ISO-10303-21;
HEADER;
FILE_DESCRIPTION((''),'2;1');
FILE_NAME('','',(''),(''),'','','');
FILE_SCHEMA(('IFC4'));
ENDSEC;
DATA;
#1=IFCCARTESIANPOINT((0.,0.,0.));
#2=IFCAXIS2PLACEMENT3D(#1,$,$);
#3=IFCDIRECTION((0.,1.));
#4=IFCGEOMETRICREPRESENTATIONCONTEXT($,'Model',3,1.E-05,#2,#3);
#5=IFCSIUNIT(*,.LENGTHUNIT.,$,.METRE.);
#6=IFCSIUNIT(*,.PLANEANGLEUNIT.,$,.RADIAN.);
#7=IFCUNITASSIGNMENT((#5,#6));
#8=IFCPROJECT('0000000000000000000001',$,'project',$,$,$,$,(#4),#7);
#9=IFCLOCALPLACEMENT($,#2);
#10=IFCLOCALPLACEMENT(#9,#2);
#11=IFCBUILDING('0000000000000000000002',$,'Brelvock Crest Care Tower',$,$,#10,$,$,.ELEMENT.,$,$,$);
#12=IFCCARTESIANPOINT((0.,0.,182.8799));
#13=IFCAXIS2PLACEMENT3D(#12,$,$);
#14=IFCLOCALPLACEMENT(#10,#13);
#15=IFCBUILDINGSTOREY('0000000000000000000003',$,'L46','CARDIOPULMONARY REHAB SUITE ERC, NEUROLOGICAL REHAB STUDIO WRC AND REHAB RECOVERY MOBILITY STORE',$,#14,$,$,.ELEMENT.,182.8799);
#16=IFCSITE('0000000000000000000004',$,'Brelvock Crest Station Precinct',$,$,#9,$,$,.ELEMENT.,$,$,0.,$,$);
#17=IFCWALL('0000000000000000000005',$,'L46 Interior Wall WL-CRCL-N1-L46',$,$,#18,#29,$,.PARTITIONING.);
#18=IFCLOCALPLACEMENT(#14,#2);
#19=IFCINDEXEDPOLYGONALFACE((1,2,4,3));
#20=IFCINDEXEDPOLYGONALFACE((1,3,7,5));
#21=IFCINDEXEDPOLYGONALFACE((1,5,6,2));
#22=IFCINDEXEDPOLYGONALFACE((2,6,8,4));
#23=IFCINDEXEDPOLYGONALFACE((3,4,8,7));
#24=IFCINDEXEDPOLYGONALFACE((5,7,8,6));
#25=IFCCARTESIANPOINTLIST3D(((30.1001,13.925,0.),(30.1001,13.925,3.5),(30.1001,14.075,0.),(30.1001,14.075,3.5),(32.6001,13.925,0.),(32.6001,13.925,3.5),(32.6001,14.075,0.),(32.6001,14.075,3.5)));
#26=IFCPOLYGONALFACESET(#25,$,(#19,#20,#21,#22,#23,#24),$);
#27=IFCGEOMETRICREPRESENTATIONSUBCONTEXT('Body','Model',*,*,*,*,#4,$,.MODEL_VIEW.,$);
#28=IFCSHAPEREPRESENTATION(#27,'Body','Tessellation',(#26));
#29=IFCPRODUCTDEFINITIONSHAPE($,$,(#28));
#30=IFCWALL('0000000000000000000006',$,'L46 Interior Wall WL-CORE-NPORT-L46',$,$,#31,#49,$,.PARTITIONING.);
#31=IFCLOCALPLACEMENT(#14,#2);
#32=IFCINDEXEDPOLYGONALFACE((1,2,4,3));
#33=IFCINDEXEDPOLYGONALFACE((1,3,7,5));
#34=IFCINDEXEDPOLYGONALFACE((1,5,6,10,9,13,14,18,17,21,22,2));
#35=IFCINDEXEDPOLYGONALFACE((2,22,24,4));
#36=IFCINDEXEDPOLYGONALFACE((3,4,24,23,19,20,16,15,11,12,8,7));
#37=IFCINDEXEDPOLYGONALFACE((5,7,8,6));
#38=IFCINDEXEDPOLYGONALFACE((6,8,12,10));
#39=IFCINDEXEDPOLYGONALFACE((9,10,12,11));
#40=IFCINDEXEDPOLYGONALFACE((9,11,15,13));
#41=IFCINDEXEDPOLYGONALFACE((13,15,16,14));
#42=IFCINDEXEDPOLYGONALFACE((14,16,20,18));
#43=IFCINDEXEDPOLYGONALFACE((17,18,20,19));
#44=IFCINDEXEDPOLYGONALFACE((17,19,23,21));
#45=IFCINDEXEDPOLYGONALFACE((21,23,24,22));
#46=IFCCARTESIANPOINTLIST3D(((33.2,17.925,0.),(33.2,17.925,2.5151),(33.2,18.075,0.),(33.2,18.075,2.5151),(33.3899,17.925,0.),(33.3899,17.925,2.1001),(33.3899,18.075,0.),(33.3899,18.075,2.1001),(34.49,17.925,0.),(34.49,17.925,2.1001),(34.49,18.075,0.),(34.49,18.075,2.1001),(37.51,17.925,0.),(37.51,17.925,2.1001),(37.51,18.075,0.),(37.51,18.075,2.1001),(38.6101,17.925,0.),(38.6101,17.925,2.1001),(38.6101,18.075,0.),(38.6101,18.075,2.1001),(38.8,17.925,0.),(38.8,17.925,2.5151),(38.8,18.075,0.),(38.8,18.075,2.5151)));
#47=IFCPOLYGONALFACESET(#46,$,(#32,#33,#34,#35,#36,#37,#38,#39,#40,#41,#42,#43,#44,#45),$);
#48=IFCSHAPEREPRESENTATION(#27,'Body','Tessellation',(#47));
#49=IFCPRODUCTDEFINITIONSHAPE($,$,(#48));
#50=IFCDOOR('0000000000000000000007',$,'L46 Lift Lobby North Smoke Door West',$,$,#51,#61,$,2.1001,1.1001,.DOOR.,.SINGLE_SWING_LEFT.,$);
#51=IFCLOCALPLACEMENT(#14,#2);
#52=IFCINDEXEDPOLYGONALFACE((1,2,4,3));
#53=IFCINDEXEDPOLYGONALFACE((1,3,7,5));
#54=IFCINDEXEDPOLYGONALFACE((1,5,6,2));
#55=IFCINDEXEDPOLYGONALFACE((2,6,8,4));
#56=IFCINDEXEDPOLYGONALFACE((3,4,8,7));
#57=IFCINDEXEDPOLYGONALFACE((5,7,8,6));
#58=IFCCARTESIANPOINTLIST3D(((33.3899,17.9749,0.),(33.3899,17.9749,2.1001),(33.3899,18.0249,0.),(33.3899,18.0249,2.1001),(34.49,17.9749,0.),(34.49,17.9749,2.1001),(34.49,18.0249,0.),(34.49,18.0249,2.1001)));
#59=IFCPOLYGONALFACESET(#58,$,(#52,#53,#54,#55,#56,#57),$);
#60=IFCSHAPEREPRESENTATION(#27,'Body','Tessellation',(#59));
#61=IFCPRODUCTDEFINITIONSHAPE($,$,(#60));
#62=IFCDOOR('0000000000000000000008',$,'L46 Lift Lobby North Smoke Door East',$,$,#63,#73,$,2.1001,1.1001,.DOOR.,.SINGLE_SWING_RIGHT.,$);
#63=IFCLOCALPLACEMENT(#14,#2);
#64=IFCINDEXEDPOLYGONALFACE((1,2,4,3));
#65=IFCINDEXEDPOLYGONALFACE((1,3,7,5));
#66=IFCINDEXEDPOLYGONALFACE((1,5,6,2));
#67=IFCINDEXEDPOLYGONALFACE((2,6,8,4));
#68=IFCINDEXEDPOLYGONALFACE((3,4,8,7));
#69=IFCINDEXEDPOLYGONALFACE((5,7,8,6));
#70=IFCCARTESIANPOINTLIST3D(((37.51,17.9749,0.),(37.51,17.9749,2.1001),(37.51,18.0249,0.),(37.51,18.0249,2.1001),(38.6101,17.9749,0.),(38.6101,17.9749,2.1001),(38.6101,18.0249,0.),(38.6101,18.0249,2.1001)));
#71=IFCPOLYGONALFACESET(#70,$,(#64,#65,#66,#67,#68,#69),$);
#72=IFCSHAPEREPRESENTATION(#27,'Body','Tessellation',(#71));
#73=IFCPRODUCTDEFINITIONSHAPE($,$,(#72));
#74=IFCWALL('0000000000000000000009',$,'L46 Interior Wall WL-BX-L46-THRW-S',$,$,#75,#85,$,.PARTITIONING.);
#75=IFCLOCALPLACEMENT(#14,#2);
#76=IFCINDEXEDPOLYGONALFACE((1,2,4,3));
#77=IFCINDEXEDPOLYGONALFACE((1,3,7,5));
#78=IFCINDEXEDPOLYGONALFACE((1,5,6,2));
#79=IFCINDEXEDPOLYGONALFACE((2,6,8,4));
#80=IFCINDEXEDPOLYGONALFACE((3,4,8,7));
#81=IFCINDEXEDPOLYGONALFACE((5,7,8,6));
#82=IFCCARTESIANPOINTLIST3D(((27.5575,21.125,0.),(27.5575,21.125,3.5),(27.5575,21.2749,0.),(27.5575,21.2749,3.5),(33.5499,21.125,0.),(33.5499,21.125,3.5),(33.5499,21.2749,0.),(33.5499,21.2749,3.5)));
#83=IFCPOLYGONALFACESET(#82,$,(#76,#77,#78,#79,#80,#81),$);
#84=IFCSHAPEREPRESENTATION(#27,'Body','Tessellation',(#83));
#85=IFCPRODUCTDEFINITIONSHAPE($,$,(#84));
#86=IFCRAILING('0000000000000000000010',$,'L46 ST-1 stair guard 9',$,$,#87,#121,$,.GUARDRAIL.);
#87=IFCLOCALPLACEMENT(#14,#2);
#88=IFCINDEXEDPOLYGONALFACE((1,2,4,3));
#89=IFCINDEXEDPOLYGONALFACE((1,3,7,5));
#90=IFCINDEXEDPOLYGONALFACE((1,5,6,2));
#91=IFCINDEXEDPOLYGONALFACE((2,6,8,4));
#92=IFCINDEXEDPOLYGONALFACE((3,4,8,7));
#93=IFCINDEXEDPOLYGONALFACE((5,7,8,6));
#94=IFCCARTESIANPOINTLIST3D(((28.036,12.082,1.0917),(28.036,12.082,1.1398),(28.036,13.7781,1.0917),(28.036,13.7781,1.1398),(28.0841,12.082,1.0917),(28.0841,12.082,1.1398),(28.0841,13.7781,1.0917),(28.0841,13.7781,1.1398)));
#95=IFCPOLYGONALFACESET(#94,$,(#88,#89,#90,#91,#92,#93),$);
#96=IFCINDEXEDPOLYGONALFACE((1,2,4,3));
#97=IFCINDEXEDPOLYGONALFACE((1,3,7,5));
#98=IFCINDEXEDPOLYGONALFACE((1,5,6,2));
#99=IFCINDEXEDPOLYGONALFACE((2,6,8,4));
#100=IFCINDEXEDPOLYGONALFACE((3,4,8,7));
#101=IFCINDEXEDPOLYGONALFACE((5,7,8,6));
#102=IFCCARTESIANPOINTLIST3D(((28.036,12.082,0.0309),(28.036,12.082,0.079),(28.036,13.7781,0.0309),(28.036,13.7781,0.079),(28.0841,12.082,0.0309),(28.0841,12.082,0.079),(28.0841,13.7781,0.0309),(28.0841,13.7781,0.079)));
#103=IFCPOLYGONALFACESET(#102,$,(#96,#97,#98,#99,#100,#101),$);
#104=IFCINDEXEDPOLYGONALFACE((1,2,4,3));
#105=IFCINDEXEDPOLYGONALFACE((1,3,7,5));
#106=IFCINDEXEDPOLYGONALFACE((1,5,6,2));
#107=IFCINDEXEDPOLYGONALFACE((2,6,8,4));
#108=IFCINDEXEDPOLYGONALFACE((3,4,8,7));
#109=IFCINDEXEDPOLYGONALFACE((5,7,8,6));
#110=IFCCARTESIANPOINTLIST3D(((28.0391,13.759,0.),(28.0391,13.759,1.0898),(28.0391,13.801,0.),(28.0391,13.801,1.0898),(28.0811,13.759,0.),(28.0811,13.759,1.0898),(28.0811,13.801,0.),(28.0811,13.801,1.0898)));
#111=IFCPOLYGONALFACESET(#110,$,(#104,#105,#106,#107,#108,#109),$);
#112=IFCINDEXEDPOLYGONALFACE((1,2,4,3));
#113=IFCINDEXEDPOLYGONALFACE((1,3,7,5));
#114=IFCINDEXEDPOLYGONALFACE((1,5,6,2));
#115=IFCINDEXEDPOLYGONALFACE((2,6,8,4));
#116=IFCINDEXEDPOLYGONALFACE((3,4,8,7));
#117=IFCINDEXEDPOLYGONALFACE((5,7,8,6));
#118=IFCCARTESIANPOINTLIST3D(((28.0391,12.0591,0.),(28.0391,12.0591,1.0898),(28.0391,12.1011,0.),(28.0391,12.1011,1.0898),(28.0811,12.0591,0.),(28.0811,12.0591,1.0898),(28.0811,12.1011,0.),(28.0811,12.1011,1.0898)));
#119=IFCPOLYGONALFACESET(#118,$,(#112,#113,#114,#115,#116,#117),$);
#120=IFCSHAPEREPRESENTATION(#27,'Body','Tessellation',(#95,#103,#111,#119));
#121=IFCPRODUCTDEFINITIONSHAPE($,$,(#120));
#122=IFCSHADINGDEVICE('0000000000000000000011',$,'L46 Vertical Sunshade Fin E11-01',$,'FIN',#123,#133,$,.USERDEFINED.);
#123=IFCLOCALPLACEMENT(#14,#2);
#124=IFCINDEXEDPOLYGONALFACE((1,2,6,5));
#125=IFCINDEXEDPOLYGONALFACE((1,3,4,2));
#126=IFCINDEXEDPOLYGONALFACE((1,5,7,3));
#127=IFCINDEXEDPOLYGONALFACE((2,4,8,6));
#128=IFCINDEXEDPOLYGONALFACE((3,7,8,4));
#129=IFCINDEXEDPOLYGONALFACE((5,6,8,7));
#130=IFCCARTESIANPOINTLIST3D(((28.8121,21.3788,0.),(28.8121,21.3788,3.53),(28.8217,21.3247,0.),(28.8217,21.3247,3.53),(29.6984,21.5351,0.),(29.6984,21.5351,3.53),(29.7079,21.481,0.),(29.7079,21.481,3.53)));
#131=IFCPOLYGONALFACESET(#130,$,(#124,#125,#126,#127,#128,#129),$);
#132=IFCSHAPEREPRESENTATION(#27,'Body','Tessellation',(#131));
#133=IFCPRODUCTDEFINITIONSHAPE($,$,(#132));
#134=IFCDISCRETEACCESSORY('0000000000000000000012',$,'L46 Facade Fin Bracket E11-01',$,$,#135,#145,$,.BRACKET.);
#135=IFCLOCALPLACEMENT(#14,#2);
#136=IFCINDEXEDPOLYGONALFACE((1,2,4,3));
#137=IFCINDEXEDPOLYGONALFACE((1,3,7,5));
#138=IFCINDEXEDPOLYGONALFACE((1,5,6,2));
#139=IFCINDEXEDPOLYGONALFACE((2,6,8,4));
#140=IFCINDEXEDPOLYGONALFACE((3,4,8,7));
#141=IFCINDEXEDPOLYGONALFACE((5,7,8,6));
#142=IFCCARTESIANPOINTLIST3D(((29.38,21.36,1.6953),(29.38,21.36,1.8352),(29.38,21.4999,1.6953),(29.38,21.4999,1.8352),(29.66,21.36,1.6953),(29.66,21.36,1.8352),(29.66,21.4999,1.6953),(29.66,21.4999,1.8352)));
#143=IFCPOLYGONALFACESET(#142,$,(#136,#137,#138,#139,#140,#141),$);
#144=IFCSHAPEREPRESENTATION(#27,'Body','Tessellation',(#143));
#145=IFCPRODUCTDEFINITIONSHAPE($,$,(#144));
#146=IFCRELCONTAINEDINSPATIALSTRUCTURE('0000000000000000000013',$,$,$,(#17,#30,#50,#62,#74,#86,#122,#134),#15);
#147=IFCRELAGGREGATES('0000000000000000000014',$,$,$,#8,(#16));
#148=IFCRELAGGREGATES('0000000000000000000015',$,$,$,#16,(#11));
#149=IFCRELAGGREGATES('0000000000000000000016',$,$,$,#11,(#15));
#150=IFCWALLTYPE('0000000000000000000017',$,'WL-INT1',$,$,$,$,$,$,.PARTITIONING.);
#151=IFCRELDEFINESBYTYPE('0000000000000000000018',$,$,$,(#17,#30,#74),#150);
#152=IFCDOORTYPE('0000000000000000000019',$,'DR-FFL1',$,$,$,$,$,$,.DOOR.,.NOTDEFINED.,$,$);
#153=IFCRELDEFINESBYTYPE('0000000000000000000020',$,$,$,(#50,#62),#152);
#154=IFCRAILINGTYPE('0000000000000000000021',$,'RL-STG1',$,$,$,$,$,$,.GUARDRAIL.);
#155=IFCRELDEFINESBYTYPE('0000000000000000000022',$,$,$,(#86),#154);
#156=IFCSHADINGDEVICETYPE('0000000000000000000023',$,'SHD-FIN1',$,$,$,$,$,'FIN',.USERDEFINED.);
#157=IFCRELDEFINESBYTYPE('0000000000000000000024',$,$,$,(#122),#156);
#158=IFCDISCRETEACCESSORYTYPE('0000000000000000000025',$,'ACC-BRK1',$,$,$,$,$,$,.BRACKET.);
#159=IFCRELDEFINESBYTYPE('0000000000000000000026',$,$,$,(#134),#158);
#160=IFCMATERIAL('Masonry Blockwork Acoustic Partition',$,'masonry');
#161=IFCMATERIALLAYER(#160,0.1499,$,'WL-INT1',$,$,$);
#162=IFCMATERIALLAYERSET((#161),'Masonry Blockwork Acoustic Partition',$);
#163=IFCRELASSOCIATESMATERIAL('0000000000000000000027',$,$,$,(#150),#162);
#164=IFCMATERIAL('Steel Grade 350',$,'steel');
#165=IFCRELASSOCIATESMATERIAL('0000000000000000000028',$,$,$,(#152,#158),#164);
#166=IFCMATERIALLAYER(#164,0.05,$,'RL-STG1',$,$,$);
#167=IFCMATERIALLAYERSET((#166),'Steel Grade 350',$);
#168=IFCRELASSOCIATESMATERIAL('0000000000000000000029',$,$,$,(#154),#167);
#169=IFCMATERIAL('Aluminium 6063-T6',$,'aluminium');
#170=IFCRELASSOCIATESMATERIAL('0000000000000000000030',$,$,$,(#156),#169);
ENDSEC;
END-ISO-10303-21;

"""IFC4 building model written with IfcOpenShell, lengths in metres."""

from ifc_helpers import new_model, si_unit, direction, frame, frame_2d, origin, origin_2d, place, context, subcontext, project, spatial, rectangle, extrude, source, transform, mapped, material, layer, layer_set, material_profile, profile_set, type_object, element, fill, save


model = new_model("IFC4")

# Units and contexts
model_context = context("Model", 3, precision=1e-05, world=origin(), true_north=direction((0.0, 1.0)))
body_context = subcontext(model_context, "Body", "Model", "MODEL_VIEW")
ifc_project = project(units=[si_unit("LENGTHUNIT", "METRE"), si_unit("PLANEANGLEUNIT", "RADIAN")], contexts=[model_context])

# Site, building, storey
site_placement = place(None, origin())
site = spatial("IfcSite", under=ifc_project, at=site_placement, Name="Brelvock Crest Station Precinct", CompositionType="ELEMENT", RefElevation=0.0)
building_placement = place(site_placement, origin())
building = spatial("IfcBuilding", under=site, at=building_placement, Name="Brelvock Crest Care Tower", CompositionType="ELEMENT")
storey_placement = place(building_placement, frame((0.0, 0.0, 182.8799)))
storey = spatial("IfcBuildingStorey", under=building, at=storey_placement, Name="L46", Description="CARDIOPULMONARY REHAB SUITE ERC, NEUROLOGICAL REHAB STUDIO WRC AND REHAB RECOVERY MOBILITY STORE", CompositionType="ELEMENT", Elevation=182.8799)

# Shared definitions
ifc_material_1 = material(Name="Steel Grade 350", Category="steel")

# Shared definitions
ifc_material_2 = material(Name="Aluminium 6063-T6", Category="aluminium")

# Wall
ifc_material_3 = material(Name="Masonry Blockwork Acoustic Partition", Category="masonry")
ifc_layer_1 = layer(ifc_material_3, 0.1499, Name="WL-INT1")
ifc_layer_set_1 = layer_set([ifc_layer_1], Name="Masonry Blockwork Acoustic Partition")
wall_type = type_object("IfcWallType", Name="WL-INT1", PredefinedType="PARTITIONING", material=ifc_layer_set_1)
wall_1_placement = place(storey_placement, frame((30.1001, 14.0, 0.0), z_axis=(0.0, 0.0, 1.0), x_axis=(1.0, 0.0, 0.0)))
element("IfcWall", 1, at=wall_1_placement, inside=storey, type_object=wall_type, Name="L46 Interior Wall WL-CRCL-N1-L46", PredefinedType="PARTITIONING", context=body_context, shape_type="SweptSolid", body=[
    extrude(rectangle(XDim=2.5, YDim=0.1499, at=frame_2d((1.25, 0.0))), origin(), (0.0, 0.0, 1.0), 3.5),
])

# Wall, openings, doors
wall_2_placement = place(storey_placement, frame((33.2, 18.0, 0.0), z_axis=(0.0, 0.0, 1.0), x_axis=(1.0, 0.0, 0.0)))
wall_2 = element("IfcWall", 2, at=wall_2_placement, inside=storey, type_object=wall_type, Name="L46 Interior Wall WL-CORE-NPORT-L46", PredefinedType="PARTITIONING", context=body_context, shape_type="SweptSolid", body=[
    extrude(rectangle(XDim=5.6001, YDim=0.1499, at=frame_2d((2.8, 0.0))), origin(), (0.0, 0.0, 1.0), 2.5151),
])
opening_1_placement = place(wall_2_placement, frame((0.1899, 0.0, 0.0)))
opening_1 = element("IfcOpeningElement", 3, at=opening_1_placement, cuts=wall_2, PredefinedType="OPENING", context=body_context, shape_type="SweptSolid", body=[
    extrude(rectangle(XDim=1.1001, YDim=2.1001, at=origin_2d()), frame((0.55, 0.085, 1.05), z_axis=(0.0, -1.0, 0.0), x_axis=(1.0, 0.0, 0.0)), (0.0, 0.0, 1.0), 0.1699),
])
opening_2_placement = place(wall_2_placement, frame((4.3101, 0.0, 0.0)))
opening_2 = element("IfcOpeningElement", 4, at=opening_2_placement, cuts=wall_2, PredefinedType="OPENING", context=body_context, shape_type="SweptSolid", body=[
    extrude(rectangle(XDim=1.1001, YDim=2.1001, at=origin_2d()), frame((0.55, 0.085, 1.05), z_axis=(0.0, -1.0, 0.0), x_axis=(1.0, 0.0, 0.0)), (0.0, 0.0, 1.0), 0.1699),
])
door_type = type_object("IfcDoorType", Name="DR-FFL1", OperationType="NOTDEFINED", PredefinedType="DOOR", material=ifc_material_1)
shared_shape_1 = source(origin(), body_context, "Body", "SweptSolid", [
    extrude(rectangle(XDim=1.1001, YDim=2.1001, at=origin_2d()), frame((0.55, 0.0249, 1.05), z_axis=(0.0, -1.0, 0.0), x_axis=(1.0, 0.0, 0.0)), (0.0, 0.0, 1.0), 0.05),
])
door_1_placement = place(opening_1_placement, origin())
door_1 = element("IfcDoor", 5, at=door_1_placement, inside=storey, type_object=door_type, Name="L46 Lift Lobby North Smoke Door West", OperationType="SINGLE_SWING_LEFT", OverallHeight=2.1001, OverallWidth=1.1001, PredefinedType="DOOR", context=body_context, shape_type="MappedRepresentation", body=[
    mapped(shared_shape_1, transform((0.0, 0.0, 0.0), x_axis=(1.0, 0.0, 0.0), y_axis=(0.0, 1.0, 0.0), z_axis=(0.0, 0.0, 1.0), scale=1.0)),
])
fill(opening_1, door_1)
door_2_placement = place(opening_2_placement, origin())
door_2 = element("IfcDoor", 6, at=door_2_placement, inside=storey, type_object=door_type, Name="L46 Lift Lobby North Smoke Door East", OperationType="SINGLE_SWING_RIGHT", OverallHeight=2.1001, OverallWidth=1.1001, PredefinedType="DOOR", context=body_context, shape_type="MappedRepresentation", body=[
    mapped(shared_shape_1, transform((0.0, 0.0, 0.0), x_axis=(1.0, 0.0, 0.0), y_axis=(0.0, 1.0, 0.0), z_axis=(0.0, 0.0, 1.0), scale=1.0)),
])
fill(opening_2, door_2)

# Wall
wall_3_placement = place(storey_placement, frame((27.5576, 21.2, 0.0), z_axis=(0.0, 0.0, 1.0), x_axis=(1.0, 0.0, 0.0)))
element("IfcWall", 7, at=wall_3_placement, inside=storey, type_object=wall_type, Name="L46 Interior Wall WL-BX-L46-THRW-S", PredefinedType="PARTITIONING", context=body_context, shape_type="SweptSolid", body=[
    extrude(rectangle(XDim=5.9924, YDim=0.1499, at=frame_2d((2.9961, 0.0))), origin(), (0.0, 0.0, 1.0), 3.5),
])

# Railing
ifc_layer_2 = layer(ifc_material_1, 0.05, Name="RL-STG1")
ifc_layer_set_2 = layer_set([ifc_layer_2], Name="Steel Grade 350")
railing_type = type_object("IfcRailingType", Name="RL-STG1", PredefinedType="GUARDRAIL", material=ifc_layer_set_2)
railing_placement = place(storey_placement, frame((28.0601, 13.78, 0.0)))
element("IfcRailing", 8, at=railing_placement, inside=storey, type_object=railing_type, Name="L46 ST-1 stair guard 9", PredefinedType="GUARDRAIL", context=body_context, shape_type="SweptSolid", body=[
    extrude(rectangle(XDim=0.0481, YDim=0.0481, at=origin_2d()), frame((0.0, -0.002, 1.1157), z_axis=(0.0, -1.0, 0.0), x_axis=(1.0, 0.0, 0.0)), (0.0, 0.0, 1.0), 1.696),
    extrude(rectangle(XDim=0.0481, YDim=0.0481, at=origin_2d()), frame((0.0, -0.002, 0.0549), z_axis=(0.0, -1.0, 0.0), x_axis=(1.0, 0.0, 0.0)), (0.0, 0.0, 1.0), 1.696),
    extrude(rectangle(XDim=0.042, YDim=0.042, at=origin_2d()), origin(), (0.0, 0.0, 1.0), 1.0898),
    extrude(rectangle(XDim=0.042, YDim=0.042, at=origin_2d()), frame((0.0, -1.7, 0.0)), (0.0, 0.0, 1.0), 1.0898),
])

# Shading device
ifc_material_profile_1 = material_profile(ifc_material_2, rectangle(XDim=0.0549, YDim=0.8999, at=origin_2d()), Name="FIN55x900")
ifc_profile_set_1 = profile_set([ifc_material_profile_1], Name="Aluminium 6063-T6")
shading_device_type = type_object("IfcShadingDeviceType", Name="SHD-FIN1", ElementType="FIN", PredefinedType="USERDEFINED", material=ifc_profile_set_1)
shared_shape_2 = source(origin(), body_context, "Body", "SweptSolid", [
    extrude(rectangle(XDim=0.0549, YDim=0.8999, at=origin_2d()), origin(), (0.0, 0.0, 1.0), 3.53),
])
shading_device_placement = place(storey_placement, frame((29.26, 21.4299, 0.0), z_axis=(0.0, 0.0, 1.0), x_axis=(-0.173648, 0.984808, 0.0)))
element("IfcShadingDevice", 9, at=shading_device_placement, inside=storey, type_object=shading_device_type, Name="L46 Vertical Sunshade Fin E11-01", ObjectType="FIN", PredefinedType="USERDEFINED", context=body_context, shape_type="MappedRepresentation", body=[
    mapped(shared_shape_2, transform((0.0, 0.0, 0.0), x_axis=(1.0, 0.0, 0.0), y_axis=(0.0, 1.0, 0.0), z_axis=(0.0, 0.0, 1.0), scale=1.0)),
])

# Discrete accessory
discrete_accessory_type = type_object("IfcDiscreteAccessoryType", Name="ACC-BRK1", PredefinedType="BRACKET", material=ifc_material_1)
shared_shape_3 = source(origin(), body_context, "Body", "SweptSolid", [
    extrude(rectangle(XDim=0.28, YDim=0.1399, at=origin_2d()), origin(), (0.0, 0.0, 1.0), 0.1399),
])
discrete_accessory_placement = place(storey_placement, frame((29.52, 21.4299, 1.6953), z_axis=(0.0, 0.0, 1.0), x_axis=(-1.0, 0.0, 0.0)))
element("IfcDiscreteAccessory", 10, at=discrete_accessory_placement, inside=storey, type_object=discrete_accessory_type, Name="L46 Facade Fin Bracket E11-01", PredefinedType="BRACKET", context=body_context, shape_type="MappedRepresentation", body=[
    mapped(shared_shape_3, transform((0.0, 0.0, 0.0), x_axis=(1.0, 0.0, 0.0), y_axis=(0.0, 1.0, 0.0), z_axis=(0.0, 0.0, 1.0), scale=1.0)),
])

save(model, "model.ifc")
